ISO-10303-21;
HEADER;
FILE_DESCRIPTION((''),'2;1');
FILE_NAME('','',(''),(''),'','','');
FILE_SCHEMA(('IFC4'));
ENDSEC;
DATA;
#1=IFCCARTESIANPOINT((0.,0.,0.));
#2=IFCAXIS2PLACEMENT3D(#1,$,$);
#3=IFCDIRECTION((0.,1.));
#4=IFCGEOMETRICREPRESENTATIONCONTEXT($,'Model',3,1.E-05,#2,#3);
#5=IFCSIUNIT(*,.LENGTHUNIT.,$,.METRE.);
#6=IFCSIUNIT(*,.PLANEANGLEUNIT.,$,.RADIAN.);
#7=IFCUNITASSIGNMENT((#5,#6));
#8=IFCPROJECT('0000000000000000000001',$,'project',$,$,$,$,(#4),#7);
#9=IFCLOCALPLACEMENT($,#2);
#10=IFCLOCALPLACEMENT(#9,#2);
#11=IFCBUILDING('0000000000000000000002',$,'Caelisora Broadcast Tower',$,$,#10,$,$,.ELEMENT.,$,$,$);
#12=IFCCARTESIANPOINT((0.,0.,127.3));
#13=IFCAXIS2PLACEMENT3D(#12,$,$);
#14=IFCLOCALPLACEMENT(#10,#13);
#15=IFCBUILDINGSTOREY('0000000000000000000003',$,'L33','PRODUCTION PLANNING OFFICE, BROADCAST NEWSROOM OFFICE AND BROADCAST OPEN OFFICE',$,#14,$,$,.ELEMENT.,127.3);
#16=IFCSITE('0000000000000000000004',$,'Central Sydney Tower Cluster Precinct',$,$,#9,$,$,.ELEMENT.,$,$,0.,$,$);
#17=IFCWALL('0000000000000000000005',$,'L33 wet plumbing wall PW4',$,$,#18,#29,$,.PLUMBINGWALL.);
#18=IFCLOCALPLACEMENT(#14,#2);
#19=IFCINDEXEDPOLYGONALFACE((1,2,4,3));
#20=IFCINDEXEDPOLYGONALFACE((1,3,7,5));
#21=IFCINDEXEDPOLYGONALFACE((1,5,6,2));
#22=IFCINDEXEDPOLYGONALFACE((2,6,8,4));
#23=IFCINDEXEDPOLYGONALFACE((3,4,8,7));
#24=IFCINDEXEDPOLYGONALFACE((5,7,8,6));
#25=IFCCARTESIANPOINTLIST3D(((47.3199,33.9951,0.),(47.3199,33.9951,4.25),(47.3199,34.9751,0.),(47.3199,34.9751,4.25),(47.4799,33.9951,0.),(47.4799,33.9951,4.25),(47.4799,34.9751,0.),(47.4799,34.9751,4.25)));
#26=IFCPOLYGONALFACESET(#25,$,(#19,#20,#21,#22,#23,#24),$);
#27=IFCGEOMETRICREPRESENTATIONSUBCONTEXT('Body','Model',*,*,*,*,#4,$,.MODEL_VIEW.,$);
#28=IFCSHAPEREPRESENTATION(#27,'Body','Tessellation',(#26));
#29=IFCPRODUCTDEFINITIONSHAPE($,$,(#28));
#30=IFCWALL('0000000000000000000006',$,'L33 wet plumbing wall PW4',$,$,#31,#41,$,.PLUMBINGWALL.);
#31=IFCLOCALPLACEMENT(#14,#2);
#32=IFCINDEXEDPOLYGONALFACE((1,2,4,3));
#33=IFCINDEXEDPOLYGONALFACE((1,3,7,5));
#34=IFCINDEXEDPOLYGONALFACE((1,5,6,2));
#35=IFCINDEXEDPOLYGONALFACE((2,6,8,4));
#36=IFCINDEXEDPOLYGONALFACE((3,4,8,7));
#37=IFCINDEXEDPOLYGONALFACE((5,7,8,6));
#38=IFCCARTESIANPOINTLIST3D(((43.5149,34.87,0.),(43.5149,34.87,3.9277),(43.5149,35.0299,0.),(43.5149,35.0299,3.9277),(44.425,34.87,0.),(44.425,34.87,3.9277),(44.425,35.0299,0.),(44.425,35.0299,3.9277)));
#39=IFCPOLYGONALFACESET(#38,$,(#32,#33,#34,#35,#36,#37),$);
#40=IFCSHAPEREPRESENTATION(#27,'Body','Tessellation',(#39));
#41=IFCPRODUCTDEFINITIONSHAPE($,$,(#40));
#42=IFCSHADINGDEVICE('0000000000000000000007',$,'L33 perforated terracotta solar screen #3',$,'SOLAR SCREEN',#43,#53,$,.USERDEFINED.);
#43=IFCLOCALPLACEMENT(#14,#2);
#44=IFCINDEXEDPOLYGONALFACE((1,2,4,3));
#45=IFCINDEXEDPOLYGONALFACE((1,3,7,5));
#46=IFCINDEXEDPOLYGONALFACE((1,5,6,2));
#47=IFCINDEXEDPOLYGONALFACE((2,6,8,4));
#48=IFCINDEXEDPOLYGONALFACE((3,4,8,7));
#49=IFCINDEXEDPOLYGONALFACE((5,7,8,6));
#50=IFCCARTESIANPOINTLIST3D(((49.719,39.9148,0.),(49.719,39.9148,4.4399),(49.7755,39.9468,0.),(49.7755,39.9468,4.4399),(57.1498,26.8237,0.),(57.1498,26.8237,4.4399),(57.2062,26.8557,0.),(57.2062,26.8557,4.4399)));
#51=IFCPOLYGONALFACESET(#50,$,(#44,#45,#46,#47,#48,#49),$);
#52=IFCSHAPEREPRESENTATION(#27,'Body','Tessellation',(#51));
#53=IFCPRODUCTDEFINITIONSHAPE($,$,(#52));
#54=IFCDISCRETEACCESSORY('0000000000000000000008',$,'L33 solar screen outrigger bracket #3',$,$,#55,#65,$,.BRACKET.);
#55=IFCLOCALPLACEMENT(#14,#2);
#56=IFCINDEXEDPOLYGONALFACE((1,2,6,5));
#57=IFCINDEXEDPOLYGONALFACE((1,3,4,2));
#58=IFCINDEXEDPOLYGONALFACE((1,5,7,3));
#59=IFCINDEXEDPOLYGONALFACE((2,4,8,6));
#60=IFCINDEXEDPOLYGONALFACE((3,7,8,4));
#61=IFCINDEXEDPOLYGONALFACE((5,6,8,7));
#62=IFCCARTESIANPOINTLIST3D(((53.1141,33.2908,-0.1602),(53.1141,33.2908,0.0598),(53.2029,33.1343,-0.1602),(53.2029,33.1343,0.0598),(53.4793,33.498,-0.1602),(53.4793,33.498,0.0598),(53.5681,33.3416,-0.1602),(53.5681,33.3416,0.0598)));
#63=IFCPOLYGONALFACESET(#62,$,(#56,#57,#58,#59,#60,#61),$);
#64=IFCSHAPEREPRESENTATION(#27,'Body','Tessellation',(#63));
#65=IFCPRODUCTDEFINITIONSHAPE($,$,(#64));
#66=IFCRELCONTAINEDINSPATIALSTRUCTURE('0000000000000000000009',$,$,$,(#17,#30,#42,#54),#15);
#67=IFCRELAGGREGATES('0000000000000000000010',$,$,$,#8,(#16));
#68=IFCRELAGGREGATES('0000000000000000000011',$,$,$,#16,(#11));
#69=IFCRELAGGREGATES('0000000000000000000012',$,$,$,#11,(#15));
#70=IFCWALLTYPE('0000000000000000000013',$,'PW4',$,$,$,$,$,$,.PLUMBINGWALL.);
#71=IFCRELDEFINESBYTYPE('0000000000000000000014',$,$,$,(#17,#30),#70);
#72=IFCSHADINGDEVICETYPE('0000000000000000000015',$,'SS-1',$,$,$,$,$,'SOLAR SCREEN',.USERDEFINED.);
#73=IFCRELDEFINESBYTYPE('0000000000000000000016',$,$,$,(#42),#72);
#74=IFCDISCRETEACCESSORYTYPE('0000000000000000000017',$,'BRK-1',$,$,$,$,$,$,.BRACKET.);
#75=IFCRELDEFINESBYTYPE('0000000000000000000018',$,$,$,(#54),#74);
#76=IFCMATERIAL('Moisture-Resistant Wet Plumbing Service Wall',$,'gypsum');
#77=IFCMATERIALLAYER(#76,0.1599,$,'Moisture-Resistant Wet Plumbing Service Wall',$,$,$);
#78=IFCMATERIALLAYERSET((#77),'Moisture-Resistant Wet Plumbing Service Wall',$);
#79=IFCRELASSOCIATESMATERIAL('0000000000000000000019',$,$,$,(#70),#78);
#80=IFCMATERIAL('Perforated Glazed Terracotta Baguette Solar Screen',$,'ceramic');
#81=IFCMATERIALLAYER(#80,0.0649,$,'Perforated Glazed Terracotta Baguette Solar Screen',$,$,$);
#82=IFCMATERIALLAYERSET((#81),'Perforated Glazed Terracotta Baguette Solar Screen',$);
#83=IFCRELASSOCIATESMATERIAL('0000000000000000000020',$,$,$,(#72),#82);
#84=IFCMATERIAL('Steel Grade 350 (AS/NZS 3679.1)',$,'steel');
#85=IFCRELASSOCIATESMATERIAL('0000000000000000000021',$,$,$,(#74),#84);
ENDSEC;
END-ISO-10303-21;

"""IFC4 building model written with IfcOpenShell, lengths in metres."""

from ifc_helpers import new_model, si_unit, direction, frame, frame_2d, origin, origin_2d, place, context, subcontext, project, spatial, rectangle, extrude, source, transform, mapped, material, layer, layer_set, type_object, type_shapes, element, save


model = new_model("IFC4")

# Units and contexts
model_context = context("Model", 3, precision=1e-05, world=origin(), true_north=direction((0.0, 1.0)))
body_context = subcontext(model_context, "Body", "Model", "MODEL_VIEW")
ifc_project = project(units=[si_unit("LENGTHUNIT", "METRE"), si_unit("PLANEANGLEUNIT", "RADIAN")], contexts=[model_context])

# Site, building, storey
site_placement = place(None, origin())
site = spatial("IfcSite", under=ifc_project, at=site_placement, Name="Central Sydney Tower Cluster Precinct", CompositionType="ELEMENT", RefElevation=0.0)
building_placement = place(site_placement, origin())
building = spatial("IfcBuilding", under=site, at=building_placement, Name="Caelisora Broadcast Tower", CompositionType="ELEMENT")
storey_placement = place(building_placement, frame((0.0, 0.0, 127.3)))
storey = spatial("IfcBuildingStorey", under=building, at=storey_placement, Name="L33", Description="PRODUCTION PLANNING OFFICE, BROADCAST NEWSROOM OFFICE AND BROADCAST OPEN OFFICE", CompositionType="ELEMENT", Elevation=127.3)

# Shared definitions
ifc_material_1 = material(Name="Steel Grade 350 (AS/NZS 3679.1)", Category="steel")

# Walls
ifc_material_2 = material(Name="Moisture-Resistant Wet Plumbing Service Wall", Category="gypsum")
ifc_layer_1 = layer(ifc_material_2, 0.1599, Name="Moisture-Resistant Wet Plumbing Service Wall")
ifc_layer_set_1 = layer_set([ifc_layer_1], Name="Moisture-Resistant Wet Plumbing Service Wall")
wall_type_1 = type_object("IfcWallType", Name="PW4", PredefinedType="PLUMBINGWALL", material=ifc_layer_set_1)
wall_1_placement = place(storey_placement, frame((47.3999, 33.9951, 0.0), z_axis=(0.0, 0.0, 1.0), x_axis=(0.0, 1.0, 0.0)))
element("IfcWall", 1, at=wall_1_placement, inside=storey, type_object=wall_type_1, Name="L33 wet plumbing wall PW4", PredefinedType="PLUMBINGWALL", context=body_context, shape_type="SweptSolid", body=[
    extrude(rectangle(XDim=0.98, YDim=0.1599, at=frame_2d((0.49, 0.0))), origin(), (0.0, 0.0, 1.0), 4.25),
])
wall_2_placement = place(storey_placement, frame((43.5149, 34.95, 0.0), z_axis=(0.0, 0.0, 1.0), x_axis=(1.0, 0.0, 0.0)))
element("IfcWall", 2, at=wall_2_placement, inside=storey, type_object=wall_type_1, Name="L33 wet plumbing wall PW4", PredefinedType="PLUMBINGWALL", context=body_context, shape_type="SweptSolid", body=[
    extrude(rectangle(XDim=0.9102, YDim=0.1599, at=frame_2d((0.4551, 0.0))), origin(), (0.0, 0.0, 1.0), 3.9277),
])

# Shading device
ifc_material_3 = material(Name="Perforated Glazed Terracotta Baguette Solar Screen", Category="ceramic")
ifc_layer_2 = layer(ifc_material_3, 0.0649, Name="Perforated Glazed Terracotta Baguette Solar Screen")
ifc_layer_set_2 = layer_set([ifc_layer_2], Name="Perforated Glazed Terracotta Baguette Solar Screen")
shading_device_type = type_object("IfcShadingDeviceType", Name="SS-1", ElementType="SOLAR SCREEN", PredefinedType="USERDEFINED", material=ifc_layer_set_2)
shared_shape_1 = source(origin(), body_context, "Body", "SweptSolid", [
    extrude(rectangle(XDim=15.053, YDim=0.0649, at=origin_2d()), origin(), (0.0, 0.0, 1.0), 4.4399),
])
type_shapes(shading_device_type, [shared_shape_1])
shading_device_placement = place(storey_placement, frame((53.4626, 33.3853, 0.0), z_axis=(0.0, 0.0, 1.0), x_axis=(-0.493638, 0.869667, 0.0)))
element("IfcShadingDevice", 3, at=shading_device_placement, inside=storey, type_object=shading_device_type, Name="L33 perforated terracotta solar screen #3", ObjectType="SOLAR SCREEN", PredefinedType="USERDEFINED", context=body_context, shape_type="MappedRepresentation", body=[
    mapped(shared_shape_1, transform((0.0, 0.0, 0.0), scale=1.0)),
])

# Discrete accessory
discrete_accessory_type = type_object("IfcDiscreteAccessoryType", Name="BRK-1", PredefinedType="BRACKET", material=ifc_material_1)
shared_shape_2 = source(origin(), body_context, "Body", "SweptSolid", [
    extrude(rectangle(XDim=0.1799, YDim=0.4199, at=origin_2d()), origin(), (0.0, 0.0, 1.0), 0.22),
])
type_shapes(discrete_accessory_type, [shared_shape_2])
discrete_accessory_placement = place(storey_placement, frame((53.3411, 33.3162, -0.1602), z_axis=(0.0, 0.0, 1.0), x_axis=(-0.493638, 0.869667, 0.0)))
element("IfcDiscreteAccessory", 4, at=discrete_accessory_placement, inside=storey, type_object=discrete_accessory_type, Name="L33 solar screen outrigger bracket #3", PredefinedType="BRACKET", context=body_context, shape_type="MappedRepresentation", body=[
    mapped(shared_shape_2, transform((0.0, 0.0, 0.0), scale=1.0)),
])

save(model, "model.ifc")
